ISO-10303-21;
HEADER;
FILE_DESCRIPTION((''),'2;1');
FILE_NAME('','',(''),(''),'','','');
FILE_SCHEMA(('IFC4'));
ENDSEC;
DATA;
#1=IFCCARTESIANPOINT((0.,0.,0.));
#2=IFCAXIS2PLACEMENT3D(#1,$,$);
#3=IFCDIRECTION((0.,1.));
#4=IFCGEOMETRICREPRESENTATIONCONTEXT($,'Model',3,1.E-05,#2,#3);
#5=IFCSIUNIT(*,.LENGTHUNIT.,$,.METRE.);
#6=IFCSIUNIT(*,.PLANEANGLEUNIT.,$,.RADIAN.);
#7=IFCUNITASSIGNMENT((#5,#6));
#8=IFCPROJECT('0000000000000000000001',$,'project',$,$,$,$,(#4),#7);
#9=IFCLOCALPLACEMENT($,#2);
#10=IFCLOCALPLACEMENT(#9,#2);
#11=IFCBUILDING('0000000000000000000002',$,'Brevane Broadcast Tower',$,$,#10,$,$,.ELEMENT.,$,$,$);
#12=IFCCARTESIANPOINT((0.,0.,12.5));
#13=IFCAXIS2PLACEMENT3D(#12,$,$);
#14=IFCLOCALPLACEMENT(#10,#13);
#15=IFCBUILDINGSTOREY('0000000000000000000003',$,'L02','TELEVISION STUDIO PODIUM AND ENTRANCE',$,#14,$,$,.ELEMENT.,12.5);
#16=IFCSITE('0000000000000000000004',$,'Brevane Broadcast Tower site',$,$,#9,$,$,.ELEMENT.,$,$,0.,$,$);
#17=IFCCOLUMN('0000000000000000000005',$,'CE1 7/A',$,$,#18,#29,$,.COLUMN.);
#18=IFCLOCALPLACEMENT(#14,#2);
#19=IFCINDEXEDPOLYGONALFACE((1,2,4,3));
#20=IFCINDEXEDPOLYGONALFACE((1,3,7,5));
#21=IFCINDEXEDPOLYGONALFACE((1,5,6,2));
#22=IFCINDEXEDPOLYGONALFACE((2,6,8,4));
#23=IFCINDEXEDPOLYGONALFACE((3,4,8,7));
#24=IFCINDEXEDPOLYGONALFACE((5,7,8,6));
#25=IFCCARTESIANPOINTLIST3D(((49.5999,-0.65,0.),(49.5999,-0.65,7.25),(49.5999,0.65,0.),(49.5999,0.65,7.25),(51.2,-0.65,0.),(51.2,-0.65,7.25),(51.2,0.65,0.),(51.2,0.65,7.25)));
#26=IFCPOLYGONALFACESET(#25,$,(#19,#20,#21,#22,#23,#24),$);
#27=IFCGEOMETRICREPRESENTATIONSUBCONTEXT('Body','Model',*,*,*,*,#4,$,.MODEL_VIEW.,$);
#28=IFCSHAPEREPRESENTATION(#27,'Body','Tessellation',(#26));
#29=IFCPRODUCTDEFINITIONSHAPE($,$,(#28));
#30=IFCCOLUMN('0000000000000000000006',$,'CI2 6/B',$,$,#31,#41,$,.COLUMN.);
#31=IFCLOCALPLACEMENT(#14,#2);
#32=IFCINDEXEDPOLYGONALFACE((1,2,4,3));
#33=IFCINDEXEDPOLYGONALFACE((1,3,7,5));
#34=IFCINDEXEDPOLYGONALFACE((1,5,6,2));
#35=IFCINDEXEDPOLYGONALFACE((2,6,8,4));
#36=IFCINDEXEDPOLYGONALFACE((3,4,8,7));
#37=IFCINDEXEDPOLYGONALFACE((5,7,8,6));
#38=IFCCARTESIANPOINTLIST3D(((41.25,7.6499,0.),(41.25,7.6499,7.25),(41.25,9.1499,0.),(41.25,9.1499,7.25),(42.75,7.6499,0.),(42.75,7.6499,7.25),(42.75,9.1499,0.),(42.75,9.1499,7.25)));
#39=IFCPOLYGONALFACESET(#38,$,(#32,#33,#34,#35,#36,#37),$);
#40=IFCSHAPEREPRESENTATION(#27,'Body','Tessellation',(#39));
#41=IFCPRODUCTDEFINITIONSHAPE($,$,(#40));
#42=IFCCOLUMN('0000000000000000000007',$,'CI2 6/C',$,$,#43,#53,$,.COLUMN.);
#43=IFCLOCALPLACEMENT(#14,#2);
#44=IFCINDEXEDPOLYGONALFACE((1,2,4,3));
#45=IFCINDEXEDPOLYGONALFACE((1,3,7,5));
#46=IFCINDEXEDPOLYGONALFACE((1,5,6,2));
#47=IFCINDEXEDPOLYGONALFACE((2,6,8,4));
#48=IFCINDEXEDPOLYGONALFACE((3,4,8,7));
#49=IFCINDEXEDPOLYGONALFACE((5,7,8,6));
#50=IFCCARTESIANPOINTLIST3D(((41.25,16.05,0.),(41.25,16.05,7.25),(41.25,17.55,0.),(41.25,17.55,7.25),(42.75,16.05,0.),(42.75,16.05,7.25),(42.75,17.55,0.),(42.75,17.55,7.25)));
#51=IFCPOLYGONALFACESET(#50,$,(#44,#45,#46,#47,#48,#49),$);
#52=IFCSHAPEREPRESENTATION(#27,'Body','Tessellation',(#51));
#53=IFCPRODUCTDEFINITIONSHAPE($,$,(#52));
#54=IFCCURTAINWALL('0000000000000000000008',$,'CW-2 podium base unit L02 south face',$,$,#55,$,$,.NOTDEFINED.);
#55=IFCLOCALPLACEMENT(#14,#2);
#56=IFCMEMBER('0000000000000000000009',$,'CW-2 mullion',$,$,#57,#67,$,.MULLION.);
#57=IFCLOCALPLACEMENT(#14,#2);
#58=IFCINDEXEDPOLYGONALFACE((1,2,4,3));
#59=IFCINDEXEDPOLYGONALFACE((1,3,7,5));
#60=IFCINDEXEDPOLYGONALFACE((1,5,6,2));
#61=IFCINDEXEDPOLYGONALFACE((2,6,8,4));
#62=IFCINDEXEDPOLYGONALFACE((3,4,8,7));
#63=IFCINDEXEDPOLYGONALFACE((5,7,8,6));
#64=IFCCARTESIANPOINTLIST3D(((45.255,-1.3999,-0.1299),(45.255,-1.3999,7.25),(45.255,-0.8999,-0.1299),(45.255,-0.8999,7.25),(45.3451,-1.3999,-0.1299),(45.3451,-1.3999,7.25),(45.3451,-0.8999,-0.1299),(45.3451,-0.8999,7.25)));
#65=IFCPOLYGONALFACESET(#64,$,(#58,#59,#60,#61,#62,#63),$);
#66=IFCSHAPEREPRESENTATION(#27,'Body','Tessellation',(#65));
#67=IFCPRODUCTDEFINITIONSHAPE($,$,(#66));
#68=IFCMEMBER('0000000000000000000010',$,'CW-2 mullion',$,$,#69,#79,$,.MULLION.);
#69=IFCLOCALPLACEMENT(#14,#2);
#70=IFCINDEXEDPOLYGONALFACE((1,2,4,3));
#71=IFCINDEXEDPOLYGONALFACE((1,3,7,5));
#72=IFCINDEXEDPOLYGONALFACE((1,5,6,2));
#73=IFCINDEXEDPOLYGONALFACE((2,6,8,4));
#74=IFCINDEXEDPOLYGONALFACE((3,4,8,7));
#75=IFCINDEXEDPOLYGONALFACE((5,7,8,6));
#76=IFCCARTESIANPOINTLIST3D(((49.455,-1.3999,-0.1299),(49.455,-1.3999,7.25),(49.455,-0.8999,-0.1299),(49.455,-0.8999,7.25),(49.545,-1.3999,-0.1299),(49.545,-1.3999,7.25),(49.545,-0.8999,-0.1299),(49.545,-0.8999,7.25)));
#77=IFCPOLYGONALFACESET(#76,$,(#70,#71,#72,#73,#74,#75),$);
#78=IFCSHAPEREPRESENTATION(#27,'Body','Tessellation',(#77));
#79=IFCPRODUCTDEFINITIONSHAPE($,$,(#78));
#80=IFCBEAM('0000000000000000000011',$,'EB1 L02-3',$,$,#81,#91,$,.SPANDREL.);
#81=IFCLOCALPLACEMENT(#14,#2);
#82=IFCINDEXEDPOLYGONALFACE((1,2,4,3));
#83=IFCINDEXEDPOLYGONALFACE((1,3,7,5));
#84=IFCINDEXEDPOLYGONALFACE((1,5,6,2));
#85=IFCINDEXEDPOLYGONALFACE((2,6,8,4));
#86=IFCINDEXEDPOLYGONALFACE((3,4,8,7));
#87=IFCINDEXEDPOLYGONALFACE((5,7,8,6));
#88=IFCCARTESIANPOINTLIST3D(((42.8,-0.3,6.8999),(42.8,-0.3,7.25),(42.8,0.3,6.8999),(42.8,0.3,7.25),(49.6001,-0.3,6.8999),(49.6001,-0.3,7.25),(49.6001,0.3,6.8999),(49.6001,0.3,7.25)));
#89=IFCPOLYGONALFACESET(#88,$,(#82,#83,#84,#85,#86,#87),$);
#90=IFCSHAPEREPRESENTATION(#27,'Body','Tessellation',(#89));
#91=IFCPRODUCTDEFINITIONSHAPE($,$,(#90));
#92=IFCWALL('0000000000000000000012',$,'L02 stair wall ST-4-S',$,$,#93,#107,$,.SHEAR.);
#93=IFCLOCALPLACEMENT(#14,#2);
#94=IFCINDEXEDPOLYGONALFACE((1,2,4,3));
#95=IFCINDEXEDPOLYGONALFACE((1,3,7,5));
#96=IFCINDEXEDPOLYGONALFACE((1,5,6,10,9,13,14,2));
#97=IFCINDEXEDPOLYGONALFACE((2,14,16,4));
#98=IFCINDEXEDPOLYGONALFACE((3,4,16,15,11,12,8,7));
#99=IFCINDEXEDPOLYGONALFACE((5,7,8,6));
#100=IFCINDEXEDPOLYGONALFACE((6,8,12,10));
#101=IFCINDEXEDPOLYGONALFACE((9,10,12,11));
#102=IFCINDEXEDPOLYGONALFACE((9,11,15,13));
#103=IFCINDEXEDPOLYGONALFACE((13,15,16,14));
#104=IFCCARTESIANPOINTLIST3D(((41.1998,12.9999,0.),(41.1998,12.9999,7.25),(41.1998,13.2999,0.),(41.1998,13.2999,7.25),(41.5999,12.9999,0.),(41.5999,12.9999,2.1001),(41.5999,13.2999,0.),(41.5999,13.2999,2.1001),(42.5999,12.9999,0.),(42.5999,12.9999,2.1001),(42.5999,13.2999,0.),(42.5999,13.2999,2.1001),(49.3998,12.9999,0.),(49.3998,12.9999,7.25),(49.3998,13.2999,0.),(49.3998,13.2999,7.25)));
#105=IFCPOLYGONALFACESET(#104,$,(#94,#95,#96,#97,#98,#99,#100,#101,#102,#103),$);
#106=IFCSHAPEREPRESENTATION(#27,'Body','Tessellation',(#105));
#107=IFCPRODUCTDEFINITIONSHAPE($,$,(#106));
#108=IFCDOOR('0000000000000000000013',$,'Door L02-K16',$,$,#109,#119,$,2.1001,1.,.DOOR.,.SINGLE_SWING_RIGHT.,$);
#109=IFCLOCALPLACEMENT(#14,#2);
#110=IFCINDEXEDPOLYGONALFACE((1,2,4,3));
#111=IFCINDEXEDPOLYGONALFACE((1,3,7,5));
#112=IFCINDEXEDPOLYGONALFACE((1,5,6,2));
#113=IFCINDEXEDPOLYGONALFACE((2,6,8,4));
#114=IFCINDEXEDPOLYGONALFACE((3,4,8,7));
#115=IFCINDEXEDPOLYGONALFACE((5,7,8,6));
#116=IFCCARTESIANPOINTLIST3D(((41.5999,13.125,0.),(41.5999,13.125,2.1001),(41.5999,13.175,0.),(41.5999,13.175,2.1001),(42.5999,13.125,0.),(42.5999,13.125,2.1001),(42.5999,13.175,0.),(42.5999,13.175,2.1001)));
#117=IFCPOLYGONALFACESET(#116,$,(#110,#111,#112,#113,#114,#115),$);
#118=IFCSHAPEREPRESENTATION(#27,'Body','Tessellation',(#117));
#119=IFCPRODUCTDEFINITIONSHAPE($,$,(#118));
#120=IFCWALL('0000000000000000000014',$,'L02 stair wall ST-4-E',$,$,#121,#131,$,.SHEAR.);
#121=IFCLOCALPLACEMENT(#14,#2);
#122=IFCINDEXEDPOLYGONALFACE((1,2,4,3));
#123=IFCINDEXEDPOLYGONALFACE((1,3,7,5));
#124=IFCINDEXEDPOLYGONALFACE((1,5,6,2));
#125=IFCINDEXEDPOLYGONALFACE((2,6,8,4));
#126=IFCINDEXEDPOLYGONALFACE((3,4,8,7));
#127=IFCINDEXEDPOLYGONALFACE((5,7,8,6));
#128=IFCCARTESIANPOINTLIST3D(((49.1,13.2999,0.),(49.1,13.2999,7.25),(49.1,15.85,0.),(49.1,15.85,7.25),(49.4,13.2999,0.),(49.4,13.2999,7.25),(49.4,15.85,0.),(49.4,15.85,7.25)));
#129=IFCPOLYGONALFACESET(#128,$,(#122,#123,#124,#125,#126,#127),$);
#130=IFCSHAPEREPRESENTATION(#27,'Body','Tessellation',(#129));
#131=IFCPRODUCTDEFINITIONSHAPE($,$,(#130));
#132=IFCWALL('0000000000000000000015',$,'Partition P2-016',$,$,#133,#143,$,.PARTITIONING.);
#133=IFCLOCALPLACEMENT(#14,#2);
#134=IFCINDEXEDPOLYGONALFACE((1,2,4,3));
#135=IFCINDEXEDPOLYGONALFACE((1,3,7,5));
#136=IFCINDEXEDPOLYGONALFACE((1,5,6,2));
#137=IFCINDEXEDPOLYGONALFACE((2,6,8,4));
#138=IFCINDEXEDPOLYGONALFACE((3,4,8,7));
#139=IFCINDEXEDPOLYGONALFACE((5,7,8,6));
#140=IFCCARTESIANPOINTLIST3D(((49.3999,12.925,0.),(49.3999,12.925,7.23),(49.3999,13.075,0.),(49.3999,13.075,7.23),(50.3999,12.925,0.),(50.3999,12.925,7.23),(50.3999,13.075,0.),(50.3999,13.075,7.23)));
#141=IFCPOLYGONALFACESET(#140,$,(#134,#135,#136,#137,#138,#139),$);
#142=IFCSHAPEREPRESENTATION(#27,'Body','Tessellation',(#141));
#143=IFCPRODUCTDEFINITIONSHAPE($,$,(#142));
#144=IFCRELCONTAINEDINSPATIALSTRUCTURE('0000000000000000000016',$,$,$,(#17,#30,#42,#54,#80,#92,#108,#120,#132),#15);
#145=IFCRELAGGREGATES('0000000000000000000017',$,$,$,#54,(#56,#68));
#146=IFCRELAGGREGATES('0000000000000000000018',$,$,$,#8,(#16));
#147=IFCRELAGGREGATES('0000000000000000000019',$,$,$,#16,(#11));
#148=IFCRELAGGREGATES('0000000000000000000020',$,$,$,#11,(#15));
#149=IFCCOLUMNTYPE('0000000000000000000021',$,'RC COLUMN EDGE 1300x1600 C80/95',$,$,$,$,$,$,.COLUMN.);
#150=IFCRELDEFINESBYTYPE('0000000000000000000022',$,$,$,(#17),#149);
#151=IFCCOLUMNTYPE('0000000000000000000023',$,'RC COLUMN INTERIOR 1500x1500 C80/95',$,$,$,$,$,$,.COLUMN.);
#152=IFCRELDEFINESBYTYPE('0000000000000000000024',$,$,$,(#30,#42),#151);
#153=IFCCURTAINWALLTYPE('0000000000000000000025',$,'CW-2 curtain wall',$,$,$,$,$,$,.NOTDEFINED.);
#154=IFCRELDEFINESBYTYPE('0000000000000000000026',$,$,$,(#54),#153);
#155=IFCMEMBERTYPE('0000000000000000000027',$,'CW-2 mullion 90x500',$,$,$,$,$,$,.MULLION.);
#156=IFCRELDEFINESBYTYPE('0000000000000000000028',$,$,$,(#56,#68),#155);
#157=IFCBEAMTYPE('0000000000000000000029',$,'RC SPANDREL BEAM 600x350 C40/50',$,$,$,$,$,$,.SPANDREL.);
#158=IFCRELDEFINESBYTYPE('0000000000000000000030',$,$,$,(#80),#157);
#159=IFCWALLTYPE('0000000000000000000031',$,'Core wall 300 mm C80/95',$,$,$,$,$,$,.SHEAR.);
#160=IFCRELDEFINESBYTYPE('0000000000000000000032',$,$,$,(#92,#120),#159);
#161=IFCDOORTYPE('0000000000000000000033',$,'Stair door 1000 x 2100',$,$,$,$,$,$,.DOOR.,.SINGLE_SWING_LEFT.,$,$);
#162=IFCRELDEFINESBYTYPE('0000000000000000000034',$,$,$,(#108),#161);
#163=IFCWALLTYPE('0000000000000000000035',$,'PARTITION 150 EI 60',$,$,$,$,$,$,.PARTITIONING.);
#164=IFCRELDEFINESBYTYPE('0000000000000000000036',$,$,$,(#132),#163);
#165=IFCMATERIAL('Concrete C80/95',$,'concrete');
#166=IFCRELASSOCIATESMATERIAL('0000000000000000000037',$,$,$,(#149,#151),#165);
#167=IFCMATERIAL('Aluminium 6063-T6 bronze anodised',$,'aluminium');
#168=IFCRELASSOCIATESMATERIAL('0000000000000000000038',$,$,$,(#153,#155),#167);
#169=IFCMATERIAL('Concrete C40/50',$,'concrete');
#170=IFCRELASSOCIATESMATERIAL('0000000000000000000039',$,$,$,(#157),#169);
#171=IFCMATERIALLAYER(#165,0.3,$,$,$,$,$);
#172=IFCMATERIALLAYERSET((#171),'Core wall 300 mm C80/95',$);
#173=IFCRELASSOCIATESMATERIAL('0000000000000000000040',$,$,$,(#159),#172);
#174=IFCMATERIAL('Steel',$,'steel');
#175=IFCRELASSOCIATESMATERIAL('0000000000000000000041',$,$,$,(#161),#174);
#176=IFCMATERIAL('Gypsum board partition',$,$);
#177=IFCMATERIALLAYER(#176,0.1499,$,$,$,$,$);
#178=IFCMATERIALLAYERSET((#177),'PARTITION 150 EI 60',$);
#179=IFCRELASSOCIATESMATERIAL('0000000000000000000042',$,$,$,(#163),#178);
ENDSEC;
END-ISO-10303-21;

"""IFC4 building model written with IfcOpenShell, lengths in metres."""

from ifc_helpers import new_model, si_unit, direction, frame, frame_2d, origin, origin_2d, place, context, subcontext, project, spatial, rectangle, extrude, material, layer, layer_set, material_profile, profile_set, type_object, element, fill, aggregate, save


model = new_model("IFC4")

# Units and contexts
model_context = context("Model", 3, precision=1e-05, world=origin(), true_north=direction((0.0, 1.0)))
body_context = subcontext(model_context, "Body", "Model", "MODEL_VIEW")
ifc_project = project(units=[si_unit("LENGTHUNIT", "METRE"), si_unit("PLANEANGLEUNIT", "RADIAN")], contexts=[model_context])

# Site, building, storey
site_placement = place(None, origin())
site = spatial("IfcSite", under=ifc_project, at=site_placement, Name="Brevane Broadcast Tower site", CompositionType="ELEMENT", RefElevation=0.0)
building_placement = place(site_placement, origin())
building = spatial("IfcBuilding", under=site, at=building_placement, Name="Brevane Broadcast Tower", CompositionType="ELEMENT")
storey_placement = place(building_placement, frame((0.0, 0.0, 12.5)))
storey = spatial("IfcBuildingStorey", under=building, at=storey_placement, Name="L02", Description="TELEVISION STUDIO PODIUM AND ENTRANCE", CompositionType="ELEMENT", Elevation=12.5)

# Columns
ifc_material_1 = material(Name="Concrete C80/95", Category="concrete")
ifc_material_profile_1 = material_profile(ifc_material_1, rectangle(XDim=1.3, YDim=1.6001, at=origin_2d()), Name="RC 1300x1600")
ifc_profile_set_1 = profile_set([ifc_material_profile_1], Name="Concrete C80/95")
column_type_1 = type_object("IfcColumnType", Name="RC COLUMN EDGE 1300x1600 C80/95", PredefinedType="COLUMN", material=ifc_profile_set_1)
column_placement = place(storey_placement, frame((50.3999, 0.0, 0.0), z_axis=(0.0, 0.0, 1.0), x_axis=(0.0, 1.0, 0.0)))
element("IfcColumn", 1, at=column_placement, inside=storey, type_object=column_type_1, Name="CE1 7/A", PredefinedType="COLUMN", context=body_context, shape_type="SweptSolid", body=[
    extrude(rectangle(XDim=1.3, YDim=1.6001, at=origin_2d()), origin(), (0.0, 0.0, 1.0), 7.25),
])
ifc_material_profile_2 = material_profile(ifc_material_1, rectangle(XDim=1.5, YDim=1.5, at=origin_2d()), Name="RC 1500x1500")
ifc_profile_set_2 = profile_set([ifc_material_profile_2], Name="Concrete C80/95")
column_type_2 = type_object("IfcColumnType", Name="RC COLUMN INTERIOR 1500x1500 C80/95", PredefinedType="COLUMN", material=ifc_profile_set_2)
for number, where, z_axis, x_axis, name in (
    (2, (42.0, 8.3999, 0.0), (0.0, 0.0, 1.0), (1.0, 0.0, 0.0), "CI2 6/B"),
    (3, (42.0, 16.8, 0.0), (0.0, 0.0, 1.0), (1.0, 0.0, 0.0), "CI2 6/C"),
):
    element("IfcColumn", number, at=place(storey_placement, frame(where, z_axis=z_axis, x_axis=x_axis)), inside=storey, type_object=column_type_2, Name=name, PredefinedType="COLUMN", context=body_context, shape_type="SweptSolid", body=[
        extrude(rectangle(XDim=1.5, YDim=1.5, at=origin_2d()), origin(), (0.0, 0.0, 1.0), 7.25),
    ])

# Curtain wall, members
ifc_material_2 = material(Name="Aluminium 6063-T6 bronze anodised", Category="aluminium")
curtain_wall_type = type_object("IfcCurtainWallType", Name="CW-2 curtain wall", PredefinedType="NOTDEFINED", material=ifc_material_2)
curtain_wall_placement = place(storey_placement, origin())
curtain_wall = element("IfcCurtainWall", 4, at=curtain_wall_placement, inside=storey, type_object=curtain_wall_type, Name="CW-2 podium base unit L02 south face", PredefinedType="NOTDEFINED")
ifc_material_profile_3 = material_profile(ifc_material_2, rectangle(XDim=0.5, YDim=0.0901, at=origin_2d()), Name="RECT 90x500")
ifc_profile_set_3 = profile_set([ifc_material_profile_3], Name="Aluminium 6063-T6 bronze anodised")
member_type = type_object("IfcMemberType", Name="CW-2 mullion 90x500", PredefinedType="MULLION", material=ifc_profile_set_3)
member_1_placement = place(storey_placement, frame((45.3, -1.1499, -0.1299), z_axis=(0.0, 0.0, 1.0), x_axis=(0.0, 1.0, 0.0)))
member_1 = element("IfcMember", 5, at=member_1_placement, type_object=member_type, Name="CW-2 mullion", PredefinedType="MULLION", context=body_context, shape_type="SweptSolid", body=[
    extrude(rectangle(XDim=0.5, YDim=0.0901, at=origin_2d()), origin(), (0.0, 0.0, 1.0), 7.3799),
])
member_2_placement = place(storey_placement, frame((49.5, -1.1499, -0.1299), z_axis=(0.0, 0.0, 1.0), x_axis=(0.0, 1.0, 0.0)))
member_2 = element("IfcMember", 6, at=member_2_placement, type_object=member_type, Name="CW-2 mullion", PredefinedType="MULLION", context=body_context, shape_type="SweptSolid", body=[
    extrude(rectangle(XDim=0.5, YDim=0.0901, at=origin_2d()), origin(), (0.0, 0.0, 1.0), 7.3799),
])
aggregate(curtain_wall, [member_1, member_2])

# Beam
ifc_material_3 = material(Name="Concrete C40/50", Category="concrete")
ifc_material_profile_4 = material_profile(ifc_material_3, rectangle(XDim=0.6001, YDim=0.3501, at=origin_2d()), Name="RC 600x350")
ifc_profile_set_4 = profile_set([ifc_material_profile_4], Name="Concrete C40/50")
beam_type = type_object("IfcBeamType", Name="RC SPANDREL BEAM 600x350 C40/50", PredefinedType="SPANDREL", material=ifc_profile_set_4)
beam_placement = place(storey_placement, frame((42.8, 0.0, 7.075), z_axis=(1.0, 0.0, 0.0), x_axis=(0.0, 1.0, 0.0)))
element("IfcBeam", 7, at=beam_placement, inside=storey, type_object=beam_type, Name="EB1 L02-3", PredefinedType="SPANDREL", context=body_context, shape_type="SweptSolid", body=[
    extrude(rectangle(XDim=0.6001, YDim=0.3501, at=origin_2d()), origin(), (0.0, 0.0, 1.0), 6.8),
])

# Wall, opening, door
ifc_layer_1 = layer(ifc_material_1, 0.3)
ifc_layer_set_1 = layer_set([ifc_layer_1], Name="Core wall 300 mm C80/95")
wall_type_1 = type_object("IfcWallType", Name="Core wall 300 mm C80/95", PredefinedType="SHEAR", material=ifc_layer_set_1)
wall_1_placement = place(storey_placement, frame((49.3999, 13.1499, 0.0), z_axis=(0.0, 0.0, 1.0), x_axis=(-1.0, 0.0, 0.0)))
wall_1 = element("IfcWall", 8, at=wall_1_placement, inside=storey, type_object=wall_type_1, Name="L02 stair wall ST-4-S", PredefinedType="SHEAR", context=body_context, shape_type="SweptSolid", body=[
    extrude(rectangle(XDim=8.2, YDim=0.3, at=frame_2d((4.1001, 0.0))), origin(), (0.0, 0.0, 1.0), 7.25),
])
opening_1_placement = place(wall_1_placement, frame((6.8, 0.0, 0.0)))
opening_1 = element("IfcOpeningElement", 9, at=opening_1_placement, cuts=wall_1, PredefinedType="OPENING", context=body_context, shape_type="SweptSolid", body=[
    extrude(rectangle(XDim=1.0, YDim=2.1001, at=frame_2d((0.5, 1.05))), frame((0.0, 0.1599, 0.0), z_axis=(0.0, -1.0, 0.0), x_axis=(1.0, 0.0, 0.0)), (0.0, 0.0, 1.0), 0.3201),
])
ifc_material_4 = material(Name="Steel", Category="steel")
door_type_1 = type_object("IfcDoorType", Name="Stair door 1000 x 2100", OperationType="SINGLE_SWING_LEFT", PredefinedType="DOOR", material=ifc_material_4)
door_1_placement = place(opening_1_placement, origin())
door_1 = element("IfcDoor", 10, at=door_1_placement, inside=storey, type_object=door_type_1, Name="Door L02-K16", OperationType="SINGLE_SWING_RIGHT", OverallHeight=2.1001, OverallWidth=1.0, PredefinedType="DOOR", context=body_context, shape_type="SweptSolid", body=[
    extrude(rectangle(XDim=1.0, YDim=2.1001, at=frame_2d((0.5, 1.05))), frame((0.0, 0.0249, 0.0), z_axis=(0.0, -1.0, 0.0), x_axis=(1.0, 0.0, 0.0)), (0.0, 0.0, 1.0), 0.05),
])
fill(opening_1, door_1)

# Walls
wall_2_placement = place(storey_placement, frame((49.25, 13.3, 0.0), z_axis=(0.0, 0.0, 1.0), x_axis=(0.0, 1.0, 0.0)))
element("IfcWall", 11, at=wall_2_placement, inside=storey, type_object=wall_type_1, Name="L02 stair wall ST-4-E", PredefinedType="SHEAR", context=body_context, shape_type="SweptSolid", body=[
    extrude(rectangle(XDim=2.55, YDim=0.3, at=frame_2d((1.2749, 0.0))), origin(), (0.0, 0.0, 1.0), 7.25),
])
ifc_material_5 = material(Name="Gypsum board partition")
ifc_layer_2 = layer(ifc_material_5, 0.1499)
ifc_layer_set_2 = layer_set([ifc_layer_2], Name="PARTITION 150 EI 60")
wall_type_2 = type_object("IfcWallType", Name="PARTITION 150 EI 60", PredefinedType="PARTITIONING", material=ifc_layer_set_2)
wall_3_placement = place(storey_placement, frame((49.3999, 13.0, 0.0), z_axis=(0.0, 0.0, 1.0), x_axis=(1.0, 0.0, 0.0)))
element("IfcWall", 12, at=wall_3_placement, inside=storey, type_object=wall_type_2, Name="Partition P2-016", PredefinedType="PARTITIONING", context=body_context, shape_type="SweptSolid", body=[
    extrude(rectangle(XDim=1.0, YDim=0.1499, at=frame_2d((0.5, 0.0))), origin(), (0.0, 0.0, 1.0), 7.23),
])

save(model, "model.ifc")
